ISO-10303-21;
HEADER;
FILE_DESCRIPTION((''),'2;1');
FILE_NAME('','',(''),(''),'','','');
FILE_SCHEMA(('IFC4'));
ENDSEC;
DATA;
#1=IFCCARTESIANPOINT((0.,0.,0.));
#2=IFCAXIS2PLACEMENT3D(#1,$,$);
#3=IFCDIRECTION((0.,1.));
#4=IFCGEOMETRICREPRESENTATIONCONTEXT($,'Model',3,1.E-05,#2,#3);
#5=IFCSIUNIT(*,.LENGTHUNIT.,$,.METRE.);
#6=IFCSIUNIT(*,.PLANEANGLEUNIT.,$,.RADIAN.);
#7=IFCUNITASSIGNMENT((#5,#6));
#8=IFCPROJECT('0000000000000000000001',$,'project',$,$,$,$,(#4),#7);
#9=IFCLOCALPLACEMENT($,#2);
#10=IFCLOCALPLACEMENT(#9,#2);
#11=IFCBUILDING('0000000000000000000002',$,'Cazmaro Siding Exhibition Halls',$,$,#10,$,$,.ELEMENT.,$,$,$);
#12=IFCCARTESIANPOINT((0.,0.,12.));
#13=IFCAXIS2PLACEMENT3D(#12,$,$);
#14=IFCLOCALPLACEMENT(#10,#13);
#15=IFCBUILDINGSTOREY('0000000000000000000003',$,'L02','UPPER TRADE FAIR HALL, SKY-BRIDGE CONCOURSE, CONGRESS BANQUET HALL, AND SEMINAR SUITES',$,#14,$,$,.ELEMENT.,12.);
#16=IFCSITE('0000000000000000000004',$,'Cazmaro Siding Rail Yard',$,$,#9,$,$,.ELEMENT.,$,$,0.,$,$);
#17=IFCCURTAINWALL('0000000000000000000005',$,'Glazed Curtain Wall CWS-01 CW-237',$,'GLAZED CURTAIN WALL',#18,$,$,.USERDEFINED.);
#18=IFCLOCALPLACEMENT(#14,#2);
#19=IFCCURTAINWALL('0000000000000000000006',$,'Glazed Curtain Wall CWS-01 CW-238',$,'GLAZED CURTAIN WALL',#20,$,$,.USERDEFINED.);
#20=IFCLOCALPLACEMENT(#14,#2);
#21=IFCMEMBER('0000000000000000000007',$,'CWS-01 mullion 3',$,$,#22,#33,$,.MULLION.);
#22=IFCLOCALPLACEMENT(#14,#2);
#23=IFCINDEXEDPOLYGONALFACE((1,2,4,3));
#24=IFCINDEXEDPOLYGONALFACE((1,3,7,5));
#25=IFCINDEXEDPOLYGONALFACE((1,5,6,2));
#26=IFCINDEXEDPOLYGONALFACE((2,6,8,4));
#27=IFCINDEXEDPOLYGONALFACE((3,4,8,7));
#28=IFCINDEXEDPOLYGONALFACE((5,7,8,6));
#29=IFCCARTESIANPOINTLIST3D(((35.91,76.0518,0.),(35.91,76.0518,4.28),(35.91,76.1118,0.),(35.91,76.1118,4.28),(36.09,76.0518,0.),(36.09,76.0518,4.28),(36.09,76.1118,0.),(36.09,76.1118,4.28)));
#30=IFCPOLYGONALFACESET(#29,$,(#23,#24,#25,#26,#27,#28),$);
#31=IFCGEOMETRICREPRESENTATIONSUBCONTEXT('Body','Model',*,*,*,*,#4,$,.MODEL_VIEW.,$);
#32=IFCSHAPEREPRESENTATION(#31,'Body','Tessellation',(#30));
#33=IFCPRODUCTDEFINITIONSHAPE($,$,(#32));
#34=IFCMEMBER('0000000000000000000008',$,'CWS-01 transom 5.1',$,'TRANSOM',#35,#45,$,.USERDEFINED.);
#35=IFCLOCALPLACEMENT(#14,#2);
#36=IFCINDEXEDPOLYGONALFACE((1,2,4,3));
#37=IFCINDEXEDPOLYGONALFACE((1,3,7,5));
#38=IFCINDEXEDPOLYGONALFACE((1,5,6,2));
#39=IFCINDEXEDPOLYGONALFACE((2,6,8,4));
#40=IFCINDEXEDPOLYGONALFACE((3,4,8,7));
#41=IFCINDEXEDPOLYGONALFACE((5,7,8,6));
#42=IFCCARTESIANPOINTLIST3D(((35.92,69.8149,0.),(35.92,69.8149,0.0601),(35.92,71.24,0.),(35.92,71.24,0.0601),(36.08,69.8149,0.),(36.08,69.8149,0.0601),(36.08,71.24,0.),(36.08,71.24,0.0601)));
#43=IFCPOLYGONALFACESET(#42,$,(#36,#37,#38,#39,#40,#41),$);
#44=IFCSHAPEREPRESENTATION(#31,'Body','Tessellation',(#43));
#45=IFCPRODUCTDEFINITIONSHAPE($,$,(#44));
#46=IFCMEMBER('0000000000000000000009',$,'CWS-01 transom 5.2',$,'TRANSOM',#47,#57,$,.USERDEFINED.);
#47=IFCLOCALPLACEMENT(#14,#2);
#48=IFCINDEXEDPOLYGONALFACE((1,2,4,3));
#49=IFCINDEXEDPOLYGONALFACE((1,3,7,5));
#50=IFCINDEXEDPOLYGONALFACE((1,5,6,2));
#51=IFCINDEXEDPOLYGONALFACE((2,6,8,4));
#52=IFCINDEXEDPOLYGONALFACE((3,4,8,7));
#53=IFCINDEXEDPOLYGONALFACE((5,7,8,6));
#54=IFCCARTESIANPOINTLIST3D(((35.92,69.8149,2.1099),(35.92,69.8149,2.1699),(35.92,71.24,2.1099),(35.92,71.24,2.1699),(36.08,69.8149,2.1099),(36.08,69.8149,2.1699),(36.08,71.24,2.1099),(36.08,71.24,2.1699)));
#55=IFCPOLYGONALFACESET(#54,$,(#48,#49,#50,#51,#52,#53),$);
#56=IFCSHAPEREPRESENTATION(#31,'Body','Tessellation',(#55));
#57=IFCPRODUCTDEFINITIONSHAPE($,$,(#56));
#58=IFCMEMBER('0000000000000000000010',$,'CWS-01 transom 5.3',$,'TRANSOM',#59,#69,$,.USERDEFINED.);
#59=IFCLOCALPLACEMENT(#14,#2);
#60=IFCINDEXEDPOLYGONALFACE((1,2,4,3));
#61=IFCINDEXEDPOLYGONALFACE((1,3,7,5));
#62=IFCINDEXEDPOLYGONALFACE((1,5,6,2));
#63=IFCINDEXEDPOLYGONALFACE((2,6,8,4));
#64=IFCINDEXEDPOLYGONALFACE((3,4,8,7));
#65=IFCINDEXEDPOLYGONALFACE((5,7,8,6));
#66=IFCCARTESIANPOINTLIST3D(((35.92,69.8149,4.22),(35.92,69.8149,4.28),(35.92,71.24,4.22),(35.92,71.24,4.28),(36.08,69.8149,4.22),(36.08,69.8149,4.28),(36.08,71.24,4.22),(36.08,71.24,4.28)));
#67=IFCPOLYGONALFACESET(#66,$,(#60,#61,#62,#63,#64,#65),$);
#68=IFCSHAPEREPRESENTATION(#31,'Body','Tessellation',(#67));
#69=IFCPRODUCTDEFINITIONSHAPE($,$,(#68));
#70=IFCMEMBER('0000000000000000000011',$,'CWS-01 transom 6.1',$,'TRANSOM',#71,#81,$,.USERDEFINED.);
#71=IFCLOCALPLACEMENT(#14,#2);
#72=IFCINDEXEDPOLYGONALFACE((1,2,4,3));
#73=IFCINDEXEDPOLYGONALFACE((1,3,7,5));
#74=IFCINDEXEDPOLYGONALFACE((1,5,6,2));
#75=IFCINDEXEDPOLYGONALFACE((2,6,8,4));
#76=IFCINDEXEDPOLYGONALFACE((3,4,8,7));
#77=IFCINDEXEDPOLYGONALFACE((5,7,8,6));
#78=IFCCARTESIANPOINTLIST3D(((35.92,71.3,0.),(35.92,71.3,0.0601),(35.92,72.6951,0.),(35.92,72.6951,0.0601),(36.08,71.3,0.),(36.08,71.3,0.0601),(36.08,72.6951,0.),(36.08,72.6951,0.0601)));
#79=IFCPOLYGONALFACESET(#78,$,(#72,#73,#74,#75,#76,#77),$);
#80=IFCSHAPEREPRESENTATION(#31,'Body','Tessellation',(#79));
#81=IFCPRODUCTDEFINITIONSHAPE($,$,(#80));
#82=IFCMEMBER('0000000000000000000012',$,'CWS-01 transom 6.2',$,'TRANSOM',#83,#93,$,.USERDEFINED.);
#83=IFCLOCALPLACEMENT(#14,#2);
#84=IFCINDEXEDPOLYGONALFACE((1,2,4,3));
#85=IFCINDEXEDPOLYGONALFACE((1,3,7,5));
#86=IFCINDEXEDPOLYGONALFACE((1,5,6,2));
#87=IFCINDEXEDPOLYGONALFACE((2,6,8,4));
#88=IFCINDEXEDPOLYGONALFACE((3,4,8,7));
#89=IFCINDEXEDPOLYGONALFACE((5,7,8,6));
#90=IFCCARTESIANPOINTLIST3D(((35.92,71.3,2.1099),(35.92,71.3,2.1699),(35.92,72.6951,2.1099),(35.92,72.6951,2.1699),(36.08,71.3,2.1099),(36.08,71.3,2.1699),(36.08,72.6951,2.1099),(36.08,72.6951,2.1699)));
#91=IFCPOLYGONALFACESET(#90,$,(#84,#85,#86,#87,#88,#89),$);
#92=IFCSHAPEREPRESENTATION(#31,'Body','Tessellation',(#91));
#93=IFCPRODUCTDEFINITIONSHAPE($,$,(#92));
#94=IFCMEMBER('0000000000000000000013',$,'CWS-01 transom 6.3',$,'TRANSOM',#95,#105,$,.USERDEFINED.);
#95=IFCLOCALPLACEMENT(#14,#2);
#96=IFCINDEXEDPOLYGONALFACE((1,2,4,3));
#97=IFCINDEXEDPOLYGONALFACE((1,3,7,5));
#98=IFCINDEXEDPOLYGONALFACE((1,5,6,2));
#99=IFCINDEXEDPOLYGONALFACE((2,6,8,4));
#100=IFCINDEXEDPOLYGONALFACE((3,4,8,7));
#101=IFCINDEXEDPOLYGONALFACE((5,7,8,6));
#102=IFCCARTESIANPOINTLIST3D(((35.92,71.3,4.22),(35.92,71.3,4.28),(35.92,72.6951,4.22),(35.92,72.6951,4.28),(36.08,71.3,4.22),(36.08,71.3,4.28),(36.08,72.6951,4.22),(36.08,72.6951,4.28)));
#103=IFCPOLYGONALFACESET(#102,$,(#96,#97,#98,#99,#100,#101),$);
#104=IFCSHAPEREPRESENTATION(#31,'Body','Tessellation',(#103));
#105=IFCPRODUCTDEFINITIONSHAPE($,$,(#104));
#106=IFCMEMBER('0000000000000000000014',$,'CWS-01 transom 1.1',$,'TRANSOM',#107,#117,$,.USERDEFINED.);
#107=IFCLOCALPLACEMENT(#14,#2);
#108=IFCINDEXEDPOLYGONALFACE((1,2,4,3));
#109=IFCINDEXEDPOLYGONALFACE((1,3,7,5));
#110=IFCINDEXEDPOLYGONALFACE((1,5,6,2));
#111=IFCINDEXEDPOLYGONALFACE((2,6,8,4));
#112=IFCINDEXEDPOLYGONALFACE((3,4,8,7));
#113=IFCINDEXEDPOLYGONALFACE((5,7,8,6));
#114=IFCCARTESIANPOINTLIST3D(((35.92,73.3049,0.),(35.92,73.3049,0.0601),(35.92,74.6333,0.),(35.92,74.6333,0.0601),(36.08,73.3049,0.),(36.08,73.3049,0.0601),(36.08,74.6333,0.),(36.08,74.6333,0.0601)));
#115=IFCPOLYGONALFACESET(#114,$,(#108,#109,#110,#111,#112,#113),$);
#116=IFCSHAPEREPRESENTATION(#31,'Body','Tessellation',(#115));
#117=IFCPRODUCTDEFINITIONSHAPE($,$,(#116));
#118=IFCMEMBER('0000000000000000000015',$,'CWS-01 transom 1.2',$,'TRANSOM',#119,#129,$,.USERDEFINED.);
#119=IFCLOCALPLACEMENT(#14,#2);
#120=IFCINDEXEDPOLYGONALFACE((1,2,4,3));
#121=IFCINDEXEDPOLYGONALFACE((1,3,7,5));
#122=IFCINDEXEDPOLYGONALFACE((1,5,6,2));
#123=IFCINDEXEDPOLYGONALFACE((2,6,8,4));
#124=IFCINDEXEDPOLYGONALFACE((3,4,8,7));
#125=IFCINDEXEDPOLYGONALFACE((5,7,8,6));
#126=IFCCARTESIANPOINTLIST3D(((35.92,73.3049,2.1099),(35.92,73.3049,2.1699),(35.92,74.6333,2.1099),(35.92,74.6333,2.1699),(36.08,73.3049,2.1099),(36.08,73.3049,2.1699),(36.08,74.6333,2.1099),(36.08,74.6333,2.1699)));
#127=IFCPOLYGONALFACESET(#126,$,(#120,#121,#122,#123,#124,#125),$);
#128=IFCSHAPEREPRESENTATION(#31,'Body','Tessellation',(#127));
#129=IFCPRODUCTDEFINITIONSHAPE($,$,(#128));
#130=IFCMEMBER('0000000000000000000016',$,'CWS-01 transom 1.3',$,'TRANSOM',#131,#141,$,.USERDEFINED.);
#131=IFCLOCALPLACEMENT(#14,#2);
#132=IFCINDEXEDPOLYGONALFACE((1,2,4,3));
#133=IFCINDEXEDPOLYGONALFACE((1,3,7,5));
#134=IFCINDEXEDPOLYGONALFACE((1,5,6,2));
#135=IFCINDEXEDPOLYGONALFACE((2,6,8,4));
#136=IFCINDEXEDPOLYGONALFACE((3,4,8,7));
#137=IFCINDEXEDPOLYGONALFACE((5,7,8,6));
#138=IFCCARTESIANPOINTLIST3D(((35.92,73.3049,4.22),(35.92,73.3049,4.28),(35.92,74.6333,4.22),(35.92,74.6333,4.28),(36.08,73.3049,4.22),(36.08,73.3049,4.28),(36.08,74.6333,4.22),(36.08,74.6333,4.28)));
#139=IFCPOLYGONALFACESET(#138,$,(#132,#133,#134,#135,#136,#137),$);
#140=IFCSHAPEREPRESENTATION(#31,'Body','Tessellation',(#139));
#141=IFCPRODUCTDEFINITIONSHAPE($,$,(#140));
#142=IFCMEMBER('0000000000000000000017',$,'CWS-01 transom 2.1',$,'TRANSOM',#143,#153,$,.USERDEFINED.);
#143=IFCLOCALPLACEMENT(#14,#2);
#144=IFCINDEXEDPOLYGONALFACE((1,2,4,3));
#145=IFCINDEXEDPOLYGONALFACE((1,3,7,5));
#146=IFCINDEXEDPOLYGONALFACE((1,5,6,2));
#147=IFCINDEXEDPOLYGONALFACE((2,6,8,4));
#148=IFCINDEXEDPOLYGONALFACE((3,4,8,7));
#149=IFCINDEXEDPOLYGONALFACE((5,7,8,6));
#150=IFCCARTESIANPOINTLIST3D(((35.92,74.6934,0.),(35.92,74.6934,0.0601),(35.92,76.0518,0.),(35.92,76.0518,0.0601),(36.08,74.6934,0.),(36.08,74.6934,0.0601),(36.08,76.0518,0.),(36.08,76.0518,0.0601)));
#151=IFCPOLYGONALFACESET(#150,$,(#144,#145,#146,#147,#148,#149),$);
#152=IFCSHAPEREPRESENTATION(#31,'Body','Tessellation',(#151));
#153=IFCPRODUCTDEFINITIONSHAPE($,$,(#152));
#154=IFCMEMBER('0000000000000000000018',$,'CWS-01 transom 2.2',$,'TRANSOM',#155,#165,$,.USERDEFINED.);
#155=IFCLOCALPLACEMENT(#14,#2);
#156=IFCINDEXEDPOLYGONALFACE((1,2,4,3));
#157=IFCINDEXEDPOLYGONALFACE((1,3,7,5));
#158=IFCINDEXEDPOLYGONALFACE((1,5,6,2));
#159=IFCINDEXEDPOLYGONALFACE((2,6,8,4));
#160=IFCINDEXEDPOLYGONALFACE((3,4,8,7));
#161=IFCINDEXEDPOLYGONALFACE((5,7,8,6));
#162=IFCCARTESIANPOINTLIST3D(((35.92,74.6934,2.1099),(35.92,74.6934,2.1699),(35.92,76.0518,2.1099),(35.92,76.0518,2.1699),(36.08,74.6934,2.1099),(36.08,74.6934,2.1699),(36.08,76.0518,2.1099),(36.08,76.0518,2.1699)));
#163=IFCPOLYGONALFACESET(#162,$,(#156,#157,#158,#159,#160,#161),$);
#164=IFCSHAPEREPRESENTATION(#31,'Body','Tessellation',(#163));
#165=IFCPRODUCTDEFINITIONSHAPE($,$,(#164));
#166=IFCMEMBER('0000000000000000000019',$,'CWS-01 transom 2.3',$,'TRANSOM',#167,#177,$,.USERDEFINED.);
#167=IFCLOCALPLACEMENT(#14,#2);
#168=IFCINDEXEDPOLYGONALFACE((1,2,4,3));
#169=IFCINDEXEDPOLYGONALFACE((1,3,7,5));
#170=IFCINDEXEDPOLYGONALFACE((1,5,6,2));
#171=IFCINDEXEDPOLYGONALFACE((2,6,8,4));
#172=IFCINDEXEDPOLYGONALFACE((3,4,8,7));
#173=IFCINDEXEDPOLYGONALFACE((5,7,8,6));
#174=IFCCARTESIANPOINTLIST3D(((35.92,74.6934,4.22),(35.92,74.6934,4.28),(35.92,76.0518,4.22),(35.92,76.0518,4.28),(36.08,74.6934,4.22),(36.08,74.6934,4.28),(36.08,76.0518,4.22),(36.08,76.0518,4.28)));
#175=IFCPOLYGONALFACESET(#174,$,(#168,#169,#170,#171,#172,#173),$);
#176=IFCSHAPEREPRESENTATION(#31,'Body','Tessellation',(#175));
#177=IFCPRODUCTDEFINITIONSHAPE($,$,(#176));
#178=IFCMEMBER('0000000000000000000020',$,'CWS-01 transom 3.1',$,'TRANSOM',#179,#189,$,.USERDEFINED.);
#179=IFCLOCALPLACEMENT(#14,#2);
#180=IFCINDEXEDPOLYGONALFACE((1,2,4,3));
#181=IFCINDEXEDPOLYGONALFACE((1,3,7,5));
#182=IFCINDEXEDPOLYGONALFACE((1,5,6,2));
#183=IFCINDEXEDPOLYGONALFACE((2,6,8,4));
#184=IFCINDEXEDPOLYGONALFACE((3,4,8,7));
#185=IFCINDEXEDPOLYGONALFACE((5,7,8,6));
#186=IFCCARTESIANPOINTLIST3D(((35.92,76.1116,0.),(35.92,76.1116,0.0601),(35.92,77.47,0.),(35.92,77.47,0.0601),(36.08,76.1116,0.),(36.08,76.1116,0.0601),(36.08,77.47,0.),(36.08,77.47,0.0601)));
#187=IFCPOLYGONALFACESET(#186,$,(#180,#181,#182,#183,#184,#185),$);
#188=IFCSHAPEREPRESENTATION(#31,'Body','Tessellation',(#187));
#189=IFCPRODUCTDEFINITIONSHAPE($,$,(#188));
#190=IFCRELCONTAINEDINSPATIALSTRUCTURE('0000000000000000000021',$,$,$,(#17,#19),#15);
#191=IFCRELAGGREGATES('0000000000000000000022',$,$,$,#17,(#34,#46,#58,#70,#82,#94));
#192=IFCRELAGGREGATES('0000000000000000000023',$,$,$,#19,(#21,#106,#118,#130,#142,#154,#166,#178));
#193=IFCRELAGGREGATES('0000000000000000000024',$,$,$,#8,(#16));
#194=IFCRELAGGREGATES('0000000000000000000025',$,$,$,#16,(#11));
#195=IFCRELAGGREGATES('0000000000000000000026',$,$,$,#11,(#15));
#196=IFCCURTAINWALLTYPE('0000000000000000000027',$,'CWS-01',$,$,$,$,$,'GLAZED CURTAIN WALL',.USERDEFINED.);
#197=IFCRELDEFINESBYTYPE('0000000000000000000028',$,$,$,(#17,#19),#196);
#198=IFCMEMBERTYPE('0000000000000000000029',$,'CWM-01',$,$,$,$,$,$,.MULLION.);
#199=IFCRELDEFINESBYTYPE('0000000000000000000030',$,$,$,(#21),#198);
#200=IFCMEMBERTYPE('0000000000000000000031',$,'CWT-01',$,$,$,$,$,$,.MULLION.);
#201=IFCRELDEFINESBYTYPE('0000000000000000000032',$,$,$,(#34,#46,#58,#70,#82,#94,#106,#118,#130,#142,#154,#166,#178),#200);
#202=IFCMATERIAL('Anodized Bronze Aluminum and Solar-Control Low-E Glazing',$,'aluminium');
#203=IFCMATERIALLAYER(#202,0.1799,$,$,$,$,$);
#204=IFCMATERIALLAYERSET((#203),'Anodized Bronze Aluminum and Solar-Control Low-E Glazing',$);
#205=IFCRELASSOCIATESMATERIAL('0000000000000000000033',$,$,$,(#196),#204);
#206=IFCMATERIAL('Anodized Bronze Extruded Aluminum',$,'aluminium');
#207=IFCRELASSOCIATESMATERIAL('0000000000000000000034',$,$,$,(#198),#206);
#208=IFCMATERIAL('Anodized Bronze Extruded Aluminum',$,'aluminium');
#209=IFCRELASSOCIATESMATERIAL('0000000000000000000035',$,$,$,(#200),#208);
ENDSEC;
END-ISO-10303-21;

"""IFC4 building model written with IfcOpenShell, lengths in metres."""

from ifc_helpers import new_model, si_unit, direction, frame, origin, origin_2d, place, context, subcontext, project, spatial, rectangle, extrude, material, layer, layer_set, material_profile, profile_set, type_object, element, aggregate, save


model = new_model("IFC4")

# Units and contexts
model_context = context("Model", 3, precision=1e-05, world=origin(), true_north=direction((0.0, 1.0)))
body_context = subcontext(model_context, "Body", "Model", "MODEL_VIEW")
ifc_project = project(units=[si_unit("LENGTHUNIT", "METRE"), si_unit("PLANEANGLEUNIT", "RADIAN")], contexts=[model_context])

# Site, building, storey
site_placement = place(None, origin())
site = spatial("IfcSite", under=ifc_project, at=site_placement, Name="Cazmaro Siding Rail Yard", CompositionType="ELEMENT", RefElevation=0.0)
building_placement = place(site_placement, origin())
building = spatial("IfcBuilding", under=site, at=building_placement, Name="Cazmaro Siding Exhibition Halls", CompositionType="ELEMENT")
storey_placement = place(building_placement, frame((0.0, 0.0, 12.0)))
storey = spatial("IfcBuildingStorey", under=building, at=storey_placement, Name="L02", Description="UPPER TRADE FAIR HALL, SKY-BRIDGE CONCOURSE, CONGRESS BANQUET HALL, AND SEMINAR SUITES", CompositionType="ELEMENT", Elevation=12.0)

# Curtain walls, member
ifc_material_1 = material(Name="Anodized Bronze Aluminum and Solar-Control Low-E Glazing", Category="aluminium")
ifc_layer_1 = layer(ifc_material_1, 0.1799)
ifc_layer_set_1 = layer_set([ifc_layer_1], Name="Anodized Bronze Aluminum and Solar-Control Low-E Glazing")
curtain_wall_type = type_object("IfcCurtainWallType", Name="CWS-01", ElementType="GLAZED CURTAIN WALL", PredefinedType="USERDEFINED", material=ifc_layer_set_1)
curtain_wall_1_placement = place(storey_placement, origin())
curtain_wall_1 = element("IfcCurtainWall", 1, at=curtain_wall_1_placement, inside=storey, type_object=curtain_wall_type, Name="Glazed Curtain Wall CWS-01 CW-237", ObjectType="GLAZED CURTAIN WALL", PredefinedType="USERDEFINED")
ifc_material_2 = material(Name="Anodized Bronze Extruded Aluminum", Category="aluminium")
ifc_material_profile_1 = material_profile(ifc_material_2, rectangle(XDim=0.1799, YDim=0.0601, at=origin_2d()), Name="CWM-01")
ifc_profile_set_1 = profile_set([ifc_material_profile_1], Name="Anodized Bronze Extruded Aluminum")
member_type_1 = type_object("IfcMemberType", Name="CWM-01", PredefinedType="MULLION", material=ifc_profile_set_1)
curtain_wall_2_placement = place(storey_placement, origin())
curtain_wall_2 = element("IfcCurtainWall", 2, at=curtain_wall_2_placement, inside=storey, type_object=curtain_wall_type, Name="Glazed Curtain Wall CWS-01 CW-238", ObjectType="GLAZED CURTAIN WALL", PredefinedType="USERDEFINED")
member_1_placement = place(storey_placement, frame((36.0, 76.0818, 0.0), z_axis=(0.0, 0.0, 1.0), x_axis=(-1.0, 0.0, 0.0)))
member_1 = element("IfcMember", 3, at=member_1_placement, type_object=member_type_1, Name="CWS-01 mullion 3", PredefinedType="MULLION", context=body_context, shape_type="SweptSolid", body=[
    extrude(rectangle(XDim=0.1799, YDim=0.0601, at=origin_2d()), origin(), (0.0, 0.0, 1.0), 4.28),
])

# Members
ifc_material_3 = material(Name="Anodized Bronze Extruded Aluminum", Category="aluminium")
ifc_material_profile_2 = material_profile(ifc_material_3, rectangle(XDim=0.1599, YDim=0.0601, at=origin_2d()), Name="CWT-01")
ifc_profile_set_2 = profile_set([ifc_material_profile_2], Name="Anodized Bronze Extruded Aluminum")
member_type_2 = type_object("IfcMemberType", Name="CWT-01", PredefinedType="MULLION", material=ifc_profile_set_2)
member_2_placement = place(storey_placement, frame((36.0, 69.8149, 0.03), z_axis=(0.0, 1.0, 0.0), x_axis=(-1.0, 0.0, 0.0)))
member_2 = element("IfcMember", 4, at=member_2_placement, type_object=member_type_2, Name="CWS-01 transom 5.1", ObjectType="TRANSOM", PredefinedType="USERDEFINED", context=body_context, shape_type="SweptSolid", body=[
    extrude(rectangle(XDim=0.1599, YDim=0.0601, at=origin_2d()), origin(), (0.0, 0.0, 1.0), 1.425),
])
member_3_placement = place(storey_placement, frame((36.0, 69.8149, 2.1399), z_axis=(0.0, 1.0, 0.0), x_axis=(-1.0, 0.0, 0.0)))
member_3 = element("IfcMember", 5, at=member_3_placement, type_object=member_type_2, Name="CWS-01 transom 5.2", ObjectType="TRANSOM", PredefinedType="USERDEFINED", context=body_context, shape_type="SweptSolid", body=[
    extrude(rectangle(XDim=0.1599, YDim=0.0601, at=origin_2d()), origin(), (0.0, 0.0, 1.0), 1.425),
])
member_4_placement = place(storey_placement, frame((36.0, 69.8149, 4.25), z_axis=(0.0, 1.0, 0.0), x_axis=(-1.0, 0.0, 0.0)))
member_4 = element("IfcMember", 6, at=member_4_placement, type_object=member_type_2, Name="CWS-01 transom 5.3", ObjectType="TRANSOM", PredefinedType="USERDEFINED", context=body_context, shape_type="SweptSolid", body=[
    extrude(rectangle(XDim=0.1599, YDim=0.0601, at=origin_2d()), origin(), (0.0, 0.0, 1.0), 1.425),
])
member_5_placement = place(storey_placement, frame((36.0, 71.3, 0.03), z_axis=(0.0, 1.0, 0.0), x_axis=(-1.0, 0.0, 0.0)))
member_5 = element("IfcMember", 7, at=member_5_placement, type_object=member_type_2, Name="CWS-01 transom 6.1", ObjectType="TRANSOM", PredefinedType="USERDEFINED", context=body_context, shape_type="SweptSolid", body=[
    extrude(rectangle(XDim=0.1599, YDim=0.0601, at=origin_2d()), origin(), (0.0, 0.0, 1.0), 1.395),
])
member_6_placement = place(storey_placement, frame((36.0, 71.3, 2.1399), z_axis=(0.0, 1.0, 0.0), x_axis=(-1.0, 0.0, 0.0)))
member_6 = element("IfcMember", 8, at=member_6_placement, type_object=member_type_2, Name="CWS-01 transom 6.2", ObjectType="TRANSOM", PredefinedType="USERDEFINED", context=body_context, shape_type="SweptSolid", body=[
    extrude(rectangle(XDim=0.1599, YDim=0.0601, at=origin_2d()), origin(), (0.0, 0.0, 1.0), 1.395),
])
member_7_placement = place(storey_placement, frame((36.0, 71.3, 4.25), z_axis=(0.0, 1.0, 0.0), x_axis=(-1.0, 0.0, 0.0)))
member_7 = element("IfcMember", 9, at=member_7_placement, type_object=member_type_2, Name="CWS-01 transom 6.3", ObjectType="TRANSOM", PredefinedType="USERDEFINED", context=body_context, shape_type="SweptSolid", body=[
    extrude(rectangle(XDim=0.1599, YDim=0.0601, at=origin_2d()), origin(), (0.0, 0.0, 1.0), 1.395),
])
member_8_placement = place(storey_placement, frame((36.0, 73.3049, 0.03), z_axis=(0.0, 1.0, 0.0), x_axis=(-1.0, 0.0, 0.0)))
member_8 = element("IfcMember", 10, at=member_8_placement, type_object=member_type_2, Name="CWS-01 transom 1.1", ObjectType="TRANSOM", PredefinedType="USERDEFINED", context=body_context, shape_type="SweptSolid", body=[
    extrude(rectangle(XDim=0.1599, YDim=0.0601, at=origin_2d()), origin(), (0.0, 0.0, 1.0), 1.3284),
])
member_9_placement = place(storey_placement, frame((36.0, 73.3049, 2.1399), z_axis=(0.0, 1.0, 0.0), x_axis=(-1.0, 0.0, 0.0)))
member_9 = element("IfcMember", 11, at=member_9_placement, type_object=member_type_2, Name="CWS-01 transom 1.2", ObjectType="TRANSOM", PredefinedType="USERDEFINED", context=body_context, shape_type="SweptSolid", body=[
    extrude(rectangle(XDim=0.1599, YDim=0.0601, at=origin_2d()), origin(), (0.0, 0.0, 1.0), 1.3284),
])
member_10_placement = place(storey_placement, frame((36.0, 73.3049, 4.25), z_axis=(0.0, 1.0, 0.0), x_axis=(-1.0, 0.0, 0.0)))
member_10 = element("IfcMember", 12, at=member_10_placement, type_object=member_type_2, Name="CWS-01 transom 1.3", ObjectType="TRANSOM", PredefinedType="USERDEFINED", context=body_context, shape_type="SweptSolid", body=[
    extrude(rectangle(XDim=0.1599, YDim=0.0601, at=origin_2d()), origin(), (0.0, 0.0, 1.0), 1.3284),
])
member_11_placement = place(storey_placement, frame((36.0, 74.6934, 0.03), z_axis=(0.0, 1.0, 0.0), x_axis=(-1.0, 0.0, 0.0)))
member_11 = element("IfcMember", 13, at=member_11_placement, type_object=member_type_2, Name="CWS-01 transom 2.1", ObjectType="TRANSOM", PredefinedType="USERDEFINED", context=body_context, shape_type="SweptSolid", body=[
    extrude(rectangle(XDim=0.1599, YDim=0.0601, at=origin_2d()), origin(), (0.0, 0.0, 1.0), 1.3584),
])
member_12_placement = place(storey_placement, frame((36.0, 74.6934, 2.1399), z_axis=(0.0, 1.0, 0.0), x_axis=(-1.0, 0.0, 0.0)))
member_12 = element("IfcMember", 14, at=member_12_placement, type_object=member_type_2, Name="CWS-01 transom 2.2", ObjectType="TRANSOM", PredefinedType="USERDEFINED", context=body_context, shape_type="SweptSolid", body=[
    extrude(rectangle(XDim=0.1599, YDim=0.0601, at=origin_2d()), origin(), (0.0, 0.0, 1.0), 1.3584),
])
member_13_placement = place(storey_placement, frame((36.0, 74.6934, 4.25), z_axis=(0.0, 1.0, 0.0), x_axis=(-1.0, 0.0, 0.0)))
member_13 = element("IfcMember", 15, at=member_13_placement, type_object=member_type_2, Name="CWS-01 transom 2.3", ObjectType="TRANSOM", PredefinedType="USERDEFINED", context=body_context, shape_type="SweptSolid", body=[
    extrude(rectangle(XDim=0.1599, YDim=0.0601, at=origin_2d()), origin(), (0.0, 0.0, 1.0), 1.3584),
])
member_14_placement = place(storey_placement, frame((36.0, 76.1116, 0.03), z_axis=(0.0, 1.0, 0.0), x_axis=(-1.0, 0.0, 0.0)))
member_14 = element("IfcMember", 16, at=member_14_placement, type_object=member_type_2, Name="CWS-01 transom 3.1", ObjectType="TRANSOM", PredefinedType="USERDEFINED", context=body_context, shape_type="SweptSolid", body=[
    extrude(rectangle(XDim=0.1599, YDim=0.0601, at=origin_2d()), origin(), (0.0, 0.0, 1.0), 1.3584),
])

aggregate(curtain_wall_1, [member_2, member_3, member_4, member_5, member_6, member_7])
aggregate(curtain_wall_2, [member_1, member_8, member_9, member_10, member_11, member_12, member_13, member_14])

save(model, "model.ifc")
